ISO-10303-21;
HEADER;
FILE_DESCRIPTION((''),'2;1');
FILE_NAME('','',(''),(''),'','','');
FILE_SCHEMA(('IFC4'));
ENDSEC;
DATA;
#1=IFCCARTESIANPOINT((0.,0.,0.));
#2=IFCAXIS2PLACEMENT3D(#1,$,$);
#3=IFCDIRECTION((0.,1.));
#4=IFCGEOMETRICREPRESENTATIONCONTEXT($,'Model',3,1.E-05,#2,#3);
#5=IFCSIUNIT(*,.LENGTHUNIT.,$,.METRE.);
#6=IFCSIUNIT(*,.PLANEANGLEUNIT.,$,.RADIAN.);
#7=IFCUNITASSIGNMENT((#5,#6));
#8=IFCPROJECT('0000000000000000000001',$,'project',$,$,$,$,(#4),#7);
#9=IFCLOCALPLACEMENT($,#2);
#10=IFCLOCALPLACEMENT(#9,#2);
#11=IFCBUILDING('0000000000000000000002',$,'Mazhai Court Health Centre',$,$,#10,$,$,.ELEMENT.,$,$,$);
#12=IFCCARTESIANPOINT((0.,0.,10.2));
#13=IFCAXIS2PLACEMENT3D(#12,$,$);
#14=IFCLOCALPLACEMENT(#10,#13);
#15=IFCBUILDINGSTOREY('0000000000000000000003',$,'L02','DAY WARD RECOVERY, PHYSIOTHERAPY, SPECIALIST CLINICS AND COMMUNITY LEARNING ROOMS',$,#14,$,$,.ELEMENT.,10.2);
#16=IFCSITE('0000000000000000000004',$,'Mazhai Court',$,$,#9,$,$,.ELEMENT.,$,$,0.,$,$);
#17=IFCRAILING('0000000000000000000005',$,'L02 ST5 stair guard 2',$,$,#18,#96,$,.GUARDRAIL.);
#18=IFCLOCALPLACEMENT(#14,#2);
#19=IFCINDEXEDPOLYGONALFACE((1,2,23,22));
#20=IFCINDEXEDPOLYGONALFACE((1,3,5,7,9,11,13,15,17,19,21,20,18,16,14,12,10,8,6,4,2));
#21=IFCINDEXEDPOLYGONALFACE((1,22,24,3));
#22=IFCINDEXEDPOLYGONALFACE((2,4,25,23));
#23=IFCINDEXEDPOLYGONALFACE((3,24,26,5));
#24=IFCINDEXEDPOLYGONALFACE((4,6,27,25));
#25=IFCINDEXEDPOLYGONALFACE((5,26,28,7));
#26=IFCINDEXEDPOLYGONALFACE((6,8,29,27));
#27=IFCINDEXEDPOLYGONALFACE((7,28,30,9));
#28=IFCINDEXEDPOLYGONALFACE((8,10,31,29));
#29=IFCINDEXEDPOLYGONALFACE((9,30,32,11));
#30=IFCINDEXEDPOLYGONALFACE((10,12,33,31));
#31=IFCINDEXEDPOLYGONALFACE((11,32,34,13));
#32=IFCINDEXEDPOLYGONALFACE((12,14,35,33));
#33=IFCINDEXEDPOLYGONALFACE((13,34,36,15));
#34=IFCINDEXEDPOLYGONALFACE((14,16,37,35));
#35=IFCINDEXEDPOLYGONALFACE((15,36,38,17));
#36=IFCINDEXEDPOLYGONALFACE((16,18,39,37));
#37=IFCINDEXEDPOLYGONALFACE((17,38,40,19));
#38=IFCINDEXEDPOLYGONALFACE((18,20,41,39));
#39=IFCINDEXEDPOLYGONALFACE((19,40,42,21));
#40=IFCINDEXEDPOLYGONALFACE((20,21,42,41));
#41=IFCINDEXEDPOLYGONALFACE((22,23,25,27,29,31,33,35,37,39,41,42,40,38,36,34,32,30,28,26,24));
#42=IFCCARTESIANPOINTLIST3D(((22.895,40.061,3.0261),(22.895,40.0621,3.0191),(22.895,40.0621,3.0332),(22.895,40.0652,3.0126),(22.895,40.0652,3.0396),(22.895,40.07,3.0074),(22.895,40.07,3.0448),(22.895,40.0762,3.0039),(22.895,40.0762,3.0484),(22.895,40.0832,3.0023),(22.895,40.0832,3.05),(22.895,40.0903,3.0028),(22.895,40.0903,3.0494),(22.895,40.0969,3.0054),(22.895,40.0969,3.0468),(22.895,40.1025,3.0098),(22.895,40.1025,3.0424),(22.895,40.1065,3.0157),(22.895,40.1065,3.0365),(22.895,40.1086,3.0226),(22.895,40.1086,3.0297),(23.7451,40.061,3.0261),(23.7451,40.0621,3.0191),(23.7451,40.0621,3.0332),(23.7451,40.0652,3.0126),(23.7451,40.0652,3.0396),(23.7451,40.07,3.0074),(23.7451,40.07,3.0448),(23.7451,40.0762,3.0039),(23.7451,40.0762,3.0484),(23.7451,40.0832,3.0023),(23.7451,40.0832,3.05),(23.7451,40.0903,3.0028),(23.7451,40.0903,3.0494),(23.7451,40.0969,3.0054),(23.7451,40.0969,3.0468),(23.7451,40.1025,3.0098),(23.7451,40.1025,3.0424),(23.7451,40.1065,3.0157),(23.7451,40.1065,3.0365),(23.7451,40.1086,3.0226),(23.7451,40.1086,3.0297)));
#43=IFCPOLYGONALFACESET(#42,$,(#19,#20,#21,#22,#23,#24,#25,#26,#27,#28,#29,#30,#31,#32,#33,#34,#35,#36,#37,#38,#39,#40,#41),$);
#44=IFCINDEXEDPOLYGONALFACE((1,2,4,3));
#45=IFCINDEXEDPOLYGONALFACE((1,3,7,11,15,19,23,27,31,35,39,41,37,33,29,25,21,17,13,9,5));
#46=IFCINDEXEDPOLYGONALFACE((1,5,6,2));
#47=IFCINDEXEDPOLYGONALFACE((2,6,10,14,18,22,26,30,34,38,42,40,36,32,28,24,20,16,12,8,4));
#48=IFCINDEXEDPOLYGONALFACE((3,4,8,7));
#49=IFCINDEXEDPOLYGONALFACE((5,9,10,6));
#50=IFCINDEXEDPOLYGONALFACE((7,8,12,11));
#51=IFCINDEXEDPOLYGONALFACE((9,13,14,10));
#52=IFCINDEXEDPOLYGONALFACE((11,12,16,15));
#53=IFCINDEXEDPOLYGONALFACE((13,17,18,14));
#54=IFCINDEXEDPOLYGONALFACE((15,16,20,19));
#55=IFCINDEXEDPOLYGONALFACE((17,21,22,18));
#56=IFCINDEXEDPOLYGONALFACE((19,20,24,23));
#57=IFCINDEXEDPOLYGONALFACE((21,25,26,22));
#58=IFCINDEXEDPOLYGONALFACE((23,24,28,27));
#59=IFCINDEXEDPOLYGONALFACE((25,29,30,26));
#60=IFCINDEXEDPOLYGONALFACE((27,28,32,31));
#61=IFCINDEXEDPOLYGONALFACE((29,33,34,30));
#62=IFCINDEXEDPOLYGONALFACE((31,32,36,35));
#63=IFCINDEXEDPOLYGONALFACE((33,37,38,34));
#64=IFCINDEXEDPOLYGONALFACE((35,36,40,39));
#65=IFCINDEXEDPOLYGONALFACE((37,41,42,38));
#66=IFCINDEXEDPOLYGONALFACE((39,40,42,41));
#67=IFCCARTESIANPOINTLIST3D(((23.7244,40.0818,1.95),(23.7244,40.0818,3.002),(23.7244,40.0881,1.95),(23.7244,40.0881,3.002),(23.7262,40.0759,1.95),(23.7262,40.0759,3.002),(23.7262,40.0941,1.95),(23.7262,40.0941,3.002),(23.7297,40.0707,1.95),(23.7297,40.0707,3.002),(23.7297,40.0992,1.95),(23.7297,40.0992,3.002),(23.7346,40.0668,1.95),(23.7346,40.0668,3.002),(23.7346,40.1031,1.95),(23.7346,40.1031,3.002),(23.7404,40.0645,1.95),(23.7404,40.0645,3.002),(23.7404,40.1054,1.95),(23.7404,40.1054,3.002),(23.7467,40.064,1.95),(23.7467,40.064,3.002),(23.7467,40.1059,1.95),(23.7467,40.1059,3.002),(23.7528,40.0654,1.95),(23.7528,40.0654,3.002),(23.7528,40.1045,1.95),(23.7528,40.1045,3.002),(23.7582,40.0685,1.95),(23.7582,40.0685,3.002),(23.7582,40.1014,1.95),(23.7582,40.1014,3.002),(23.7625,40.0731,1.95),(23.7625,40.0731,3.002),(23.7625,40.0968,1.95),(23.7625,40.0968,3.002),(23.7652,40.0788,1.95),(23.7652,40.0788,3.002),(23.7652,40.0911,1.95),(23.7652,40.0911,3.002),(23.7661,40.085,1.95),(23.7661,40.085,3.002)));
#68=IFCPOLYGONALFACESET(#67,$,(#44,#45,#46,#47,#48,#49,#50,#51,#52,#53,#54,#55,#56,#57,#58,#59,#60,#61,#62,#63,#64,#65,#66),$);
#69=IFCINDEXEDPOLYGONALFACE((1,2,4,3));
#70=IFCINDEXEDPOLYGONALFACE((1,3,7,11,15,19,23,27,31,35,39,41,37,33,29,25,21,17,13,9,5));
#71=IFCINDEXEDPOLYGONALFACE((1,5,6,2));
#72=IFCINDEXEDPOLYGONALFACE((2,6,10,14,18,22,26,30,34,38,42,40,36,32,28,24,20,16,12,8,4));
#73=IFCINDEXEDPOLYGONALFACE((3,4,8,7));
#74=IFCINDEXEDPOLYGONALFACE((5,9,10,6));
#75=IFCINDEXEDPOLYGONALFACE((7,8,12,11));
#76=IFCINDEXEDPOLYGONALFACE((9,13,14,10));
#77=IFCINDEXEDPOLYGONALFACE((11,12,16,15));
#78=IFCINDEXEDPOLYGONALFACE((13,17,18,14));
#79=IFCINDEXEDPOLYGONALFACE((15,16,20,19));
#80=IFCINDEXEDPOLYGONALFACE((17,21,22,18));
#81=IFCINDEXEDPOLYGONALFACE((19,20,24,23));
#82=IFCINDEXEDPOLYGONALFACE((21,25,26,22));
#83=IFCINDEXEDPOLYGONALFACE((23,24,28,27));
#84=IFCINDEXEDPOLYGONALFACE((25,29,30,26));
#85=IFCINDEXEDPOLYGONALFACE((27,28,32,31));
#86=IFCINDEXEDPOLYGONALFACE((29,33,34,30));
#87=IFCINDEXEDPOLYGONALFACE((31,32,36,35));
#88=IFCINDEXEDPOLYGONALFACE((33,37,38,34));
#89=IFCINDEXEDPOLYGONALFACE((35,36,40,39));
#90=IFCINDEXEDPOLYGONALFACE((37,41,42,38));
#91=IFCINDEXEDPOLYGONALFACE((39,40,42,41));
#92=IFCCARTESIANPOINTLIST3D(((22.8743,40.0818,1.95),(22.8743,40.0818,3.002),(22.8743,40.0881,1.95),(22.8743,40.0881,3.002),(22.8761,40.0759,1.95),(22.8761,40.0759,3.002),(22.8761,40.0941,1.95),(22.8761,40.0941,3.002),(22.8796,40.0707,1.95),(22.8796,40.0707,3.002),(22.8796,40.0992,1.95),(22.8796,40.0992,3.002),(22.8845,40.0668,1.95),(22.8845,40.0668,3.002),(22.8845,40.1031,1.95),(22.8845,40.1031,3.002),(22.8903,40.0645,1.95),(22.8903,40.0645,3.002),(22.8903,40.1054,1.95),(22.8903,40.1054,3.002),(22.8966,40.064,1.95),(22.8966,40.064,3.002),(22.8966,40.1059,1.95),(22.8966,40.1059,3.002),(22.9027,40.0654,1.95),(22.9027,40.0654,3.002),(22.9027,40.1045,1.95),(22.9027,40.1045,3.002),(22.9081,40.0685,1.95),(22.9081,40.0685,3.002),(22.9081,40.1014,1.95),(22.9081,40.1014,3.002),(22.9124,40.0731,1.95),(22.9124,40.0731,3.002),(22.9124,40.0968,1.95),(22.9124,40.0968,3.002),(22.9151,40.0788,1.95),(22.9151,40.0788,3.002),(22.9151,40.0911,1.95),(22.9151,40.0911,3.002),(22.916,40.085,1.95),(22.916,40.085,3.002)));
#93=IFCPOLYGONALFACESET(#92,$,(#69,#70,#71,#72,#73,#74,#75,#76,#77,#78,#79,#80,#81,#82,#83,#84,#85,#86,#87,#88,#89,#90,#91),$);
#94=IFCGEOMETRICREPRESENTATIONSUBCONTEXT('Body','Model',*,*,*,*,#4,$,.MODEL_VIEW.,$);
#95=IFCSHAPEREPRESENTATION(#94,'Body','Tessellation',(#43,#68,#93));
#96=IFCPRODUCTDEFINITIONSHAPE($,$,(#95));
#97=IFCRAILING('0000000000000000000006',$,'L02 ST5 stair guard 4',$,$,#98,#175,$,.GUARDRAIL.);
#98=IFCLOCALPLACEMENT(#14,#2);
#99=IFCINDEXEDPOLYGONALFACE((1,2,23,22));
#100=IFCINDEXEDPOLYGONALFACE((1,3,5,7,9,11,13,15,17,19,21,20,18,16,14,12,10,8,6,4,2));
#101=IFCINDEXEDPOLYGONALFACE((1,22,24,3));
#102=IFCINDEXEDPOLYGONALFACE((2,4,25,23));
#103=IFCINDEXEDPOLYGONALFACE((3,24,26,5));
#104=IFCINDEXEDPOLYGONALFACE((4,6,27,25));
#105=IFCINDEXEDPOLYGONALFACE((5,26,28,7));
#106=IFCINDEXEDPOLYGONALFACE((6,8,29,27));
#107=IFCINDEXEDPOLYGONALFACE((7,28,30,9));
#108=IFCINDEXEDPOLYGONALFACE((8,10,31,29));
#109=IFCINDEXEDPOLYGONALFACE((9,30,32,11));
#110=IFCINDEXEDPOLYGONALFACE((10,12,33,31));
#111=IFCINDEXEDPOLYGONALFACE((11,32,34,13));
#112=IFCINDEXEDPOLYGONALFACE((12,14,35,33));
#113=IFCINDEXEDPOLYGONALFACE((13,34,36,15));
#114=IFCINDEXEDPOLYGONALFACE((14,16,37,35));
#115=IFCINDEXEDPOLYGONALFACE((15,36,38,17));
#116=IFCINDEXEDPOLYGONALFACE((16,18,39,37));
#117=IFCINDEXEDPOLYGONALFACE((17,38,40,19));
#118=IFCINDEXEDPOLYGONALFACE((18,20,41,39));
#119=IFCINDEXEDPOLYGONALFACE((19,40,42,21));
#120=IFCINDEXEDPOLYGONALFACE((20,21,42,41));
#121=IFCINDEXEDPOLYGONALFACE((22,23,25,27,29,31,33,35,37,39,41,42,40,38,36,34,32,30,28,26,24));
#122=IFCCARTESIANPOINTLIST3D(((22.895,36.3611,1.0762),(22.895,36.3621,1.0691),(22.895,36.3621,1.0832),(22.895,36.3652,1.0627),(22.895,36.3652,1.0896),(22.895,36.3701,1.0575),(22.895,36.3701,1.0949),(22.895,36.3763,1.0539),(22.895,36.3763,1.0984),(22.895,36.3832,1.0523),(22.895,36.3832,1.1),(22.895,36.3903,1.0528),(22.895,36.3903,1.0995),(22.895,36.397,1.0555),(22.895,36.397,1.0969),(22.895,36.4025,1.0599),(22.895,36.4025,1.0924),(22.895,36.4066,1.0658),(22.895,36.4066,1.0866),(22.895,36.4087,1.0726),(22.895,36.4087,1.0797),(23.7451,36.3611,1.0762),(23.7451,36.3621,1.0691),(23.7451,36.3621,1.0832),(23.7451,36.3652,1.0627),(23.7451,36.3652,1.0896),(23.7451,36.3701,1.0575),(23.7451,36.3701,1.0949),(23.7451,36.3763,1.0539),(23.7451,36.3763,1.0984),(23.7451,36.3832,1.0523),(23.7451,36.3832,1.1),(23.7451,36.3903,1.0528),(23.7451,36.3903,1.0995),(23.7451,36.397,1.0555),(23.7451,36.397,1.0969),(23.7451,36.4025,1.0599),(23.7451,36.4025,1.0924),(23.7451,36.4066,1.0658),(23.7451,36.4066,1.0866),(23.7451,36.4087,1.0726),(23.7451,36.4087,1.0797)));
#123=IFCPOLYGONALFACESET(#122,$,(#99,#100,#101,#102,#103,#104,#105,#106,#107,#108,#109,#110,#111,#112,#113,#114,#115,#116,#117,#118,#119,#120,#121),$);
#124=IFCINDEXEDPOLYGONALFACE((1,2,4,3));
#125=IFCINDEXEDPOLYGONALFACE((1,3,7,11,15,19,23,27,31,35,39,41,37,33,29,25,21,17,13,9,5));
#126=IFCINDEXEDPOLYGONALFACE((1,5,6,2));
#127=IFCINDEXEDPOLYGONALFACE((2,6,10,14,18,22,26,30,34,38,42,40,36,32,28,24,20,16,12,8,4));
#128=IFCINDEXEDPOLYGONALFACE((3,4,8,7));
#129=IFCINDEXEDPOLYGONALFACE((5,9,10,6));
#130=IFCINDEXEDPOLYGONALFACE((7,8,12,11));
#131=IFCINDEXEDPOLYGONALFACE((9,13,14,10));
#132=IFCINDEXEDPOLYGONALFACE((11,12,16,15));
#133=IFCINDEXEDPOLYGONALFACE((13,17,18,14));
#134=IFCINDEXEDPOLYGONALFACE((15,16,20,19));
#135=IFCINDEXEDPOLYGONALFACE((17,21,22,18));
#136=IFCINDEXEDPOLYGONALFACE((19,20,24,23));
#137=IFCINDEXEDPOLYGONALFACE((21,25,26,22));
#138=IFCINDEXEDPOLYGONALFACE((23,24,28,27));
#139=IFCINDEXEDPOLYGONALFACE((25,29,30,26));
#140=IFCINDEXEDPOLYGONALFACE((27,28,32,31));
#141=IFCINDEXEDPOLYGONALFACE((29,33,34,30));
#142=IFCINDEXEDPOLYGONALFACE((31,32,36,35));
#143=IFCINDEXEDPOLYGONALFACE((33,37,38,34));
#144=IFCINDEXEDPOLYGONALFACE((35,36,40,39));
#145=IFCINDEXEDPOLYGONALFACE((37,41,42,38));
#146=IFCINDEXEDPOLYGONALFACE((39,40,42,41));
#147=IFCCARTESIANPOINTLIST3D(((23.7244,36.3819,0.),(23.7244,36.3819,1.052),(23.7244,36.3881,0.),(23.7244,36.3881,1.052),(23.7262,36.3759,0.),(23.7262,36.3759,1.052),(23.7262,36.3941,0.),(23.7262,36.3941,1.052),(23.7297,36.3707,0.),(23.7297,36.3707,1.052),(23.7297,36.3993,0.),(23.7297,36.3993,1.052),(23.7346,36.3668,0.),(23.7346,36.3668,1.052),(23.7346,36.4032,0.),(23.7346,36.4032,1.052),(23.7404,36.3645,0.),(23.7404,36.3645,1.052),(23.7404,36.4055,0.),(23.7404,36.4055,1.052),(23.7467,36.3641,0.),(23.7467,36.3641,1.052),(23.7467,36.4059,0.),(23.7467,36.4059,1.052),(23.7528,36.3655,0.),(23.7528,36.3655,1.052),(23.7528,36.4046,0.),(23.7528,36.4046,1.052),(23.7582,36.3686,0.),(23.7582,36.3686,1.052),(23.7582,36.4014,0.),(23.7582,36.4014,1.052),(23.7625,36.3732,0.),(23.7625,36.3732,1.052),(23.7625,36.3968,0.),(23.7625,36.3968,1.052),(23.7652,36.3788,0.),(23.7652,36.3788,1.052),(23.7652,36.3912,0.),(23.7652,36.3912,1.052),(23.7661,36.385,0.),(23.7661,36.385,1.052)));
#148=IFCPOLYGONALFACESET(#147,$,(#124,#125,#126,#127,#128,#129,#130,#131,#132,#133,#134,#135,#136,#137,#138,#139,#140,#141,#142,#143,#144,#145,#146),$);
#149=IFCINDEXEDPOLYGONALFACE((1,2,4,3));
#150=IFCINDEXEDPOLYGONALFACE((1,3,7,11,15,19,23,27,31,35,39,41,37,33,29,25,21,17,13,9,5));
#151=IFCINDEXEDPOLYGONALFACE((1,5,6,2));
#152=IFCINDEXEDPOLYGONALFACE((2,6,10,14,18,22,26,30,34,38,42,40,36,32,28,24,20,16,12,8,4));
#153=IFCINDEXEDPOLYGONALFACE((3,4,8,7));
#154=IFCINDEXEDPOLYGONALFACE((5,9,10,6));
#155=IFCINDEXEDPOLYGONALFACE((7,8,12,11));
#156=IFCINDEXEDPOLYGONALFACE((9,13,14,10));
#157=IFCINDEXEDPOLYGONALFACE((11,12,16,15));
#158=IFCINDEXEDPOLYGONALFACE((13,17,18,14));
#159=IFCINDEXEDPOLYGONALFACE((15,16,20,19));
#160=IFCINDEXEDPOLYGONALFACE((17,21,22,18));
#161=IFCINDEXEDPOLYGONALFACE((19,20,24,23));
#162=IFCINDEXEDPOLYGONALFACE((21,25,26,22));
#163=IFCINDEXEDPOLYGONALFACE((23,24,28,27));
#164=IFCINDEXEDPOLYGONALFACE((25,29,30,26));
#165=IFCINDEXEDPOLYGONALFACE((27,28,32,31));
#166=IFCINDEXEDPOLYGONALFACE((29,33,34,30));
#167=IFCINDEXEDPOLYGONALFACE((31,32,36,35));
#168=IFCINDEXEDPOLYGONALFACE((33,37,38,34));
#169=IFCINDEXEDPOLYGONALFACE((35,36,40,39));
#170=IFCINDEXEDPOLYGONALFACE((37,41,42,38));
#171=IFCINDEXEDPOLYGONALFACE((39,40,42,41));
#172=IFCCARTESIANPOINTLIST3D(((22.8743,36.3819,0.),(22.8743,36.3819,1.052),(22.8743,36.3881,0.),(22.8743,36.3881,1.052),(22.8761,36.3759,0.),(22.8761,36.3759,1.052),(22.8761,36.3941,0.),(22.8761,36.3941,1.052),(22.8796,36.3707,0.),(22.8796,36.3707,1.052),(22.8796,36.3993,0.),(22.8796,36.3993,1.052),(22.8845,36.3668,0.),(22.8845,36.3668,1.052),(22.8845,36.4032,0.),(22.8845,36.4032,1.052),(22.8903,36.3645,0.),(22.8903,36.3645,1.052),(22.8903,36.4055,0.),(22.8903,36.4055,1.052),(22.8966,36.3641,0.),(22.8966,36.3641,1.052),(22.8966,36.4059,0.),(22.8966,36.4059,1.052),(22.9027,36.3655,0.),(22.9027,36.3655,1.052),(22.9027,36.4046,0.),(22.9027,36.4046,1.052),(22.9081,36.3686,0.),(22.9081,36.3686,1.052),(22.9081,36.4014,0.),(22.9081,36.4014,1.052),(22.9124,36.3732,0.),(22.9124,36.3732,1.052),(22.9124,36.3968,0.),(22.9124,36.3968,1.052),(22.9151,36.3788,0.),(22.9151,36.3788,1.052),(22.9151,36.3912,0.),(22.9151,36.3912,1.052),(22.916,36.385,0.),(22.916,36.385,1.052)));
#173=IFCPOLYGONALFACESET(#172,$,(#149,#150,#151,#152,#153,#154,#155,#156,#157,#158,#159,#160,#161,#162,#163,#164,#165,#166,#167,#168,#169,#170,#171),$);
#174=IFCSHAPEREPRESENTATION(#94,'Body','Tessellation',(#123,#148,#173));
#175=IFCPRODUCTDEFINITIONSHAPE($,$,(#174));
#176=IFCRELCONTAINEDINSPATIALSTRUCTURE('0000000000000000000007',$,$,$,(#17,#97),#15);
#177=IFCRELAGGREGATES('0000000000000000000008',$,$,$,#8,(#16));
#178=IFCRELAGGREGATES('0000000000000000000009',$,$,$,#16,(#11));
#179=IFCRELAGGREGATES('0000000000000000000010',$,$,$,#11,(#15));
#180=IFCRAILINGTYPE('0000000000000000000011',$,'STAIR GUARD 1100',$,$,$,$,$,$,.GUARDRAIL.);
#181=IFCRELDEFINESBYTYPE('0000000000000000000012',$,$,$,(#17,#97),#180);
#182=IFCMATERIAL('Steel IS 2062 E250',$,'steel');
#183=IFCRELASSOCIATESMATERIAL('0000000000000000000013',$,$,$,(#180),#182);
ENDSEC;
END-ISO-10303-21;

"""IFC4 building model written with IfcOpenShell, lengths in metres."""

from ifc_helpers import new_model, si_unit, direction, frame, origin, origin_2d, place, context, subcontext, project, spatial, circle, extrude, material, type_object, element, save


model = new_model("IFC4")

# Units and contexts
model_context = context("Model", 3, precision=1e-05, world=origin(), true_north=direction((0.0, 1.0)))
body_context = subcontext(model_context, "Body", "Model", "MODEL_VIEW")
ifc_project = project(units=[si_unit("LENGTHUNIT", "METRE"), si_unit("PLANEANGLEUNIT", "RADIAN")], contexts=[model_context])

# Site, building, storey
site_placement = place(None, origin())
site = spatial("IfcSite", under=ifc_project, at=site_placement, Name="Mazhai Court", CompositionType="ELEMENT", RefElevation=0.0)
building_placement = place(site_placement, origin())
building = spatial("IfcBuilding", under=site, at=building_placement, Name="Mazhai Court Health Centre", CompositionType="ELEMENT")
storey_placement = place(building_placement, frame((0.0, 0.0, 10.2)))
storey = spatial("IfcBuildingStorey", under=building, at=storey_placement, Name="L02", Description="DAY WARD RECOVERY, PHYSIOTHERAPY, SPECIALIST CLINICS AND COMMUNITY LEARNING ROOMS", CompositionType="ELEMENT", Elevation=10.2)

# Railings
ifc_material_1 = material(Name="Steel IS 2062 E250", Category="steel")
railing_type_1 = type_object("IfcRailingType", Name="STAIR GUARD 1100", PredefinedType="GUARDRAIL", material=ifc_material_1)
for number, where, name in (
    (1, (23.7451, 40.085, 1.95), "L02 ST5 stair guard 2"),
    (2, (23.7451, 36.385, 0.0), "L02 ST5 stair guard 4"),
):
    element("IfcRailing", number, at=place(storey_placement, frame(where)), inside=storey, type_object=railing_type_1, Name=name, PredefinedType="GUARDRAIL", context=body_context, shape_type="SweptSolid", body=[
        extrude(circle(Radius=0.0239, at=origin_2d()), frame((0.0, 0.0, 1.0762), z_axis=(-1.0, 0.0, 0.0), x_axis=(0.0, -1.0, 0.0)), (0.0, 0.0, 1.0), 0.8501),
        extrude(circle(Radius=0.021, at=origin_2d()), origin(), (0.0, 0.0, 1.0), 1.052),
        extrude(circle(Radius=0.021, at=origin_2d()), frame((-0.8501, 0.0, 0.0)), (0.0, 0.0, 1.0), 1.052),
    ])

save(model, "model.ifc")
